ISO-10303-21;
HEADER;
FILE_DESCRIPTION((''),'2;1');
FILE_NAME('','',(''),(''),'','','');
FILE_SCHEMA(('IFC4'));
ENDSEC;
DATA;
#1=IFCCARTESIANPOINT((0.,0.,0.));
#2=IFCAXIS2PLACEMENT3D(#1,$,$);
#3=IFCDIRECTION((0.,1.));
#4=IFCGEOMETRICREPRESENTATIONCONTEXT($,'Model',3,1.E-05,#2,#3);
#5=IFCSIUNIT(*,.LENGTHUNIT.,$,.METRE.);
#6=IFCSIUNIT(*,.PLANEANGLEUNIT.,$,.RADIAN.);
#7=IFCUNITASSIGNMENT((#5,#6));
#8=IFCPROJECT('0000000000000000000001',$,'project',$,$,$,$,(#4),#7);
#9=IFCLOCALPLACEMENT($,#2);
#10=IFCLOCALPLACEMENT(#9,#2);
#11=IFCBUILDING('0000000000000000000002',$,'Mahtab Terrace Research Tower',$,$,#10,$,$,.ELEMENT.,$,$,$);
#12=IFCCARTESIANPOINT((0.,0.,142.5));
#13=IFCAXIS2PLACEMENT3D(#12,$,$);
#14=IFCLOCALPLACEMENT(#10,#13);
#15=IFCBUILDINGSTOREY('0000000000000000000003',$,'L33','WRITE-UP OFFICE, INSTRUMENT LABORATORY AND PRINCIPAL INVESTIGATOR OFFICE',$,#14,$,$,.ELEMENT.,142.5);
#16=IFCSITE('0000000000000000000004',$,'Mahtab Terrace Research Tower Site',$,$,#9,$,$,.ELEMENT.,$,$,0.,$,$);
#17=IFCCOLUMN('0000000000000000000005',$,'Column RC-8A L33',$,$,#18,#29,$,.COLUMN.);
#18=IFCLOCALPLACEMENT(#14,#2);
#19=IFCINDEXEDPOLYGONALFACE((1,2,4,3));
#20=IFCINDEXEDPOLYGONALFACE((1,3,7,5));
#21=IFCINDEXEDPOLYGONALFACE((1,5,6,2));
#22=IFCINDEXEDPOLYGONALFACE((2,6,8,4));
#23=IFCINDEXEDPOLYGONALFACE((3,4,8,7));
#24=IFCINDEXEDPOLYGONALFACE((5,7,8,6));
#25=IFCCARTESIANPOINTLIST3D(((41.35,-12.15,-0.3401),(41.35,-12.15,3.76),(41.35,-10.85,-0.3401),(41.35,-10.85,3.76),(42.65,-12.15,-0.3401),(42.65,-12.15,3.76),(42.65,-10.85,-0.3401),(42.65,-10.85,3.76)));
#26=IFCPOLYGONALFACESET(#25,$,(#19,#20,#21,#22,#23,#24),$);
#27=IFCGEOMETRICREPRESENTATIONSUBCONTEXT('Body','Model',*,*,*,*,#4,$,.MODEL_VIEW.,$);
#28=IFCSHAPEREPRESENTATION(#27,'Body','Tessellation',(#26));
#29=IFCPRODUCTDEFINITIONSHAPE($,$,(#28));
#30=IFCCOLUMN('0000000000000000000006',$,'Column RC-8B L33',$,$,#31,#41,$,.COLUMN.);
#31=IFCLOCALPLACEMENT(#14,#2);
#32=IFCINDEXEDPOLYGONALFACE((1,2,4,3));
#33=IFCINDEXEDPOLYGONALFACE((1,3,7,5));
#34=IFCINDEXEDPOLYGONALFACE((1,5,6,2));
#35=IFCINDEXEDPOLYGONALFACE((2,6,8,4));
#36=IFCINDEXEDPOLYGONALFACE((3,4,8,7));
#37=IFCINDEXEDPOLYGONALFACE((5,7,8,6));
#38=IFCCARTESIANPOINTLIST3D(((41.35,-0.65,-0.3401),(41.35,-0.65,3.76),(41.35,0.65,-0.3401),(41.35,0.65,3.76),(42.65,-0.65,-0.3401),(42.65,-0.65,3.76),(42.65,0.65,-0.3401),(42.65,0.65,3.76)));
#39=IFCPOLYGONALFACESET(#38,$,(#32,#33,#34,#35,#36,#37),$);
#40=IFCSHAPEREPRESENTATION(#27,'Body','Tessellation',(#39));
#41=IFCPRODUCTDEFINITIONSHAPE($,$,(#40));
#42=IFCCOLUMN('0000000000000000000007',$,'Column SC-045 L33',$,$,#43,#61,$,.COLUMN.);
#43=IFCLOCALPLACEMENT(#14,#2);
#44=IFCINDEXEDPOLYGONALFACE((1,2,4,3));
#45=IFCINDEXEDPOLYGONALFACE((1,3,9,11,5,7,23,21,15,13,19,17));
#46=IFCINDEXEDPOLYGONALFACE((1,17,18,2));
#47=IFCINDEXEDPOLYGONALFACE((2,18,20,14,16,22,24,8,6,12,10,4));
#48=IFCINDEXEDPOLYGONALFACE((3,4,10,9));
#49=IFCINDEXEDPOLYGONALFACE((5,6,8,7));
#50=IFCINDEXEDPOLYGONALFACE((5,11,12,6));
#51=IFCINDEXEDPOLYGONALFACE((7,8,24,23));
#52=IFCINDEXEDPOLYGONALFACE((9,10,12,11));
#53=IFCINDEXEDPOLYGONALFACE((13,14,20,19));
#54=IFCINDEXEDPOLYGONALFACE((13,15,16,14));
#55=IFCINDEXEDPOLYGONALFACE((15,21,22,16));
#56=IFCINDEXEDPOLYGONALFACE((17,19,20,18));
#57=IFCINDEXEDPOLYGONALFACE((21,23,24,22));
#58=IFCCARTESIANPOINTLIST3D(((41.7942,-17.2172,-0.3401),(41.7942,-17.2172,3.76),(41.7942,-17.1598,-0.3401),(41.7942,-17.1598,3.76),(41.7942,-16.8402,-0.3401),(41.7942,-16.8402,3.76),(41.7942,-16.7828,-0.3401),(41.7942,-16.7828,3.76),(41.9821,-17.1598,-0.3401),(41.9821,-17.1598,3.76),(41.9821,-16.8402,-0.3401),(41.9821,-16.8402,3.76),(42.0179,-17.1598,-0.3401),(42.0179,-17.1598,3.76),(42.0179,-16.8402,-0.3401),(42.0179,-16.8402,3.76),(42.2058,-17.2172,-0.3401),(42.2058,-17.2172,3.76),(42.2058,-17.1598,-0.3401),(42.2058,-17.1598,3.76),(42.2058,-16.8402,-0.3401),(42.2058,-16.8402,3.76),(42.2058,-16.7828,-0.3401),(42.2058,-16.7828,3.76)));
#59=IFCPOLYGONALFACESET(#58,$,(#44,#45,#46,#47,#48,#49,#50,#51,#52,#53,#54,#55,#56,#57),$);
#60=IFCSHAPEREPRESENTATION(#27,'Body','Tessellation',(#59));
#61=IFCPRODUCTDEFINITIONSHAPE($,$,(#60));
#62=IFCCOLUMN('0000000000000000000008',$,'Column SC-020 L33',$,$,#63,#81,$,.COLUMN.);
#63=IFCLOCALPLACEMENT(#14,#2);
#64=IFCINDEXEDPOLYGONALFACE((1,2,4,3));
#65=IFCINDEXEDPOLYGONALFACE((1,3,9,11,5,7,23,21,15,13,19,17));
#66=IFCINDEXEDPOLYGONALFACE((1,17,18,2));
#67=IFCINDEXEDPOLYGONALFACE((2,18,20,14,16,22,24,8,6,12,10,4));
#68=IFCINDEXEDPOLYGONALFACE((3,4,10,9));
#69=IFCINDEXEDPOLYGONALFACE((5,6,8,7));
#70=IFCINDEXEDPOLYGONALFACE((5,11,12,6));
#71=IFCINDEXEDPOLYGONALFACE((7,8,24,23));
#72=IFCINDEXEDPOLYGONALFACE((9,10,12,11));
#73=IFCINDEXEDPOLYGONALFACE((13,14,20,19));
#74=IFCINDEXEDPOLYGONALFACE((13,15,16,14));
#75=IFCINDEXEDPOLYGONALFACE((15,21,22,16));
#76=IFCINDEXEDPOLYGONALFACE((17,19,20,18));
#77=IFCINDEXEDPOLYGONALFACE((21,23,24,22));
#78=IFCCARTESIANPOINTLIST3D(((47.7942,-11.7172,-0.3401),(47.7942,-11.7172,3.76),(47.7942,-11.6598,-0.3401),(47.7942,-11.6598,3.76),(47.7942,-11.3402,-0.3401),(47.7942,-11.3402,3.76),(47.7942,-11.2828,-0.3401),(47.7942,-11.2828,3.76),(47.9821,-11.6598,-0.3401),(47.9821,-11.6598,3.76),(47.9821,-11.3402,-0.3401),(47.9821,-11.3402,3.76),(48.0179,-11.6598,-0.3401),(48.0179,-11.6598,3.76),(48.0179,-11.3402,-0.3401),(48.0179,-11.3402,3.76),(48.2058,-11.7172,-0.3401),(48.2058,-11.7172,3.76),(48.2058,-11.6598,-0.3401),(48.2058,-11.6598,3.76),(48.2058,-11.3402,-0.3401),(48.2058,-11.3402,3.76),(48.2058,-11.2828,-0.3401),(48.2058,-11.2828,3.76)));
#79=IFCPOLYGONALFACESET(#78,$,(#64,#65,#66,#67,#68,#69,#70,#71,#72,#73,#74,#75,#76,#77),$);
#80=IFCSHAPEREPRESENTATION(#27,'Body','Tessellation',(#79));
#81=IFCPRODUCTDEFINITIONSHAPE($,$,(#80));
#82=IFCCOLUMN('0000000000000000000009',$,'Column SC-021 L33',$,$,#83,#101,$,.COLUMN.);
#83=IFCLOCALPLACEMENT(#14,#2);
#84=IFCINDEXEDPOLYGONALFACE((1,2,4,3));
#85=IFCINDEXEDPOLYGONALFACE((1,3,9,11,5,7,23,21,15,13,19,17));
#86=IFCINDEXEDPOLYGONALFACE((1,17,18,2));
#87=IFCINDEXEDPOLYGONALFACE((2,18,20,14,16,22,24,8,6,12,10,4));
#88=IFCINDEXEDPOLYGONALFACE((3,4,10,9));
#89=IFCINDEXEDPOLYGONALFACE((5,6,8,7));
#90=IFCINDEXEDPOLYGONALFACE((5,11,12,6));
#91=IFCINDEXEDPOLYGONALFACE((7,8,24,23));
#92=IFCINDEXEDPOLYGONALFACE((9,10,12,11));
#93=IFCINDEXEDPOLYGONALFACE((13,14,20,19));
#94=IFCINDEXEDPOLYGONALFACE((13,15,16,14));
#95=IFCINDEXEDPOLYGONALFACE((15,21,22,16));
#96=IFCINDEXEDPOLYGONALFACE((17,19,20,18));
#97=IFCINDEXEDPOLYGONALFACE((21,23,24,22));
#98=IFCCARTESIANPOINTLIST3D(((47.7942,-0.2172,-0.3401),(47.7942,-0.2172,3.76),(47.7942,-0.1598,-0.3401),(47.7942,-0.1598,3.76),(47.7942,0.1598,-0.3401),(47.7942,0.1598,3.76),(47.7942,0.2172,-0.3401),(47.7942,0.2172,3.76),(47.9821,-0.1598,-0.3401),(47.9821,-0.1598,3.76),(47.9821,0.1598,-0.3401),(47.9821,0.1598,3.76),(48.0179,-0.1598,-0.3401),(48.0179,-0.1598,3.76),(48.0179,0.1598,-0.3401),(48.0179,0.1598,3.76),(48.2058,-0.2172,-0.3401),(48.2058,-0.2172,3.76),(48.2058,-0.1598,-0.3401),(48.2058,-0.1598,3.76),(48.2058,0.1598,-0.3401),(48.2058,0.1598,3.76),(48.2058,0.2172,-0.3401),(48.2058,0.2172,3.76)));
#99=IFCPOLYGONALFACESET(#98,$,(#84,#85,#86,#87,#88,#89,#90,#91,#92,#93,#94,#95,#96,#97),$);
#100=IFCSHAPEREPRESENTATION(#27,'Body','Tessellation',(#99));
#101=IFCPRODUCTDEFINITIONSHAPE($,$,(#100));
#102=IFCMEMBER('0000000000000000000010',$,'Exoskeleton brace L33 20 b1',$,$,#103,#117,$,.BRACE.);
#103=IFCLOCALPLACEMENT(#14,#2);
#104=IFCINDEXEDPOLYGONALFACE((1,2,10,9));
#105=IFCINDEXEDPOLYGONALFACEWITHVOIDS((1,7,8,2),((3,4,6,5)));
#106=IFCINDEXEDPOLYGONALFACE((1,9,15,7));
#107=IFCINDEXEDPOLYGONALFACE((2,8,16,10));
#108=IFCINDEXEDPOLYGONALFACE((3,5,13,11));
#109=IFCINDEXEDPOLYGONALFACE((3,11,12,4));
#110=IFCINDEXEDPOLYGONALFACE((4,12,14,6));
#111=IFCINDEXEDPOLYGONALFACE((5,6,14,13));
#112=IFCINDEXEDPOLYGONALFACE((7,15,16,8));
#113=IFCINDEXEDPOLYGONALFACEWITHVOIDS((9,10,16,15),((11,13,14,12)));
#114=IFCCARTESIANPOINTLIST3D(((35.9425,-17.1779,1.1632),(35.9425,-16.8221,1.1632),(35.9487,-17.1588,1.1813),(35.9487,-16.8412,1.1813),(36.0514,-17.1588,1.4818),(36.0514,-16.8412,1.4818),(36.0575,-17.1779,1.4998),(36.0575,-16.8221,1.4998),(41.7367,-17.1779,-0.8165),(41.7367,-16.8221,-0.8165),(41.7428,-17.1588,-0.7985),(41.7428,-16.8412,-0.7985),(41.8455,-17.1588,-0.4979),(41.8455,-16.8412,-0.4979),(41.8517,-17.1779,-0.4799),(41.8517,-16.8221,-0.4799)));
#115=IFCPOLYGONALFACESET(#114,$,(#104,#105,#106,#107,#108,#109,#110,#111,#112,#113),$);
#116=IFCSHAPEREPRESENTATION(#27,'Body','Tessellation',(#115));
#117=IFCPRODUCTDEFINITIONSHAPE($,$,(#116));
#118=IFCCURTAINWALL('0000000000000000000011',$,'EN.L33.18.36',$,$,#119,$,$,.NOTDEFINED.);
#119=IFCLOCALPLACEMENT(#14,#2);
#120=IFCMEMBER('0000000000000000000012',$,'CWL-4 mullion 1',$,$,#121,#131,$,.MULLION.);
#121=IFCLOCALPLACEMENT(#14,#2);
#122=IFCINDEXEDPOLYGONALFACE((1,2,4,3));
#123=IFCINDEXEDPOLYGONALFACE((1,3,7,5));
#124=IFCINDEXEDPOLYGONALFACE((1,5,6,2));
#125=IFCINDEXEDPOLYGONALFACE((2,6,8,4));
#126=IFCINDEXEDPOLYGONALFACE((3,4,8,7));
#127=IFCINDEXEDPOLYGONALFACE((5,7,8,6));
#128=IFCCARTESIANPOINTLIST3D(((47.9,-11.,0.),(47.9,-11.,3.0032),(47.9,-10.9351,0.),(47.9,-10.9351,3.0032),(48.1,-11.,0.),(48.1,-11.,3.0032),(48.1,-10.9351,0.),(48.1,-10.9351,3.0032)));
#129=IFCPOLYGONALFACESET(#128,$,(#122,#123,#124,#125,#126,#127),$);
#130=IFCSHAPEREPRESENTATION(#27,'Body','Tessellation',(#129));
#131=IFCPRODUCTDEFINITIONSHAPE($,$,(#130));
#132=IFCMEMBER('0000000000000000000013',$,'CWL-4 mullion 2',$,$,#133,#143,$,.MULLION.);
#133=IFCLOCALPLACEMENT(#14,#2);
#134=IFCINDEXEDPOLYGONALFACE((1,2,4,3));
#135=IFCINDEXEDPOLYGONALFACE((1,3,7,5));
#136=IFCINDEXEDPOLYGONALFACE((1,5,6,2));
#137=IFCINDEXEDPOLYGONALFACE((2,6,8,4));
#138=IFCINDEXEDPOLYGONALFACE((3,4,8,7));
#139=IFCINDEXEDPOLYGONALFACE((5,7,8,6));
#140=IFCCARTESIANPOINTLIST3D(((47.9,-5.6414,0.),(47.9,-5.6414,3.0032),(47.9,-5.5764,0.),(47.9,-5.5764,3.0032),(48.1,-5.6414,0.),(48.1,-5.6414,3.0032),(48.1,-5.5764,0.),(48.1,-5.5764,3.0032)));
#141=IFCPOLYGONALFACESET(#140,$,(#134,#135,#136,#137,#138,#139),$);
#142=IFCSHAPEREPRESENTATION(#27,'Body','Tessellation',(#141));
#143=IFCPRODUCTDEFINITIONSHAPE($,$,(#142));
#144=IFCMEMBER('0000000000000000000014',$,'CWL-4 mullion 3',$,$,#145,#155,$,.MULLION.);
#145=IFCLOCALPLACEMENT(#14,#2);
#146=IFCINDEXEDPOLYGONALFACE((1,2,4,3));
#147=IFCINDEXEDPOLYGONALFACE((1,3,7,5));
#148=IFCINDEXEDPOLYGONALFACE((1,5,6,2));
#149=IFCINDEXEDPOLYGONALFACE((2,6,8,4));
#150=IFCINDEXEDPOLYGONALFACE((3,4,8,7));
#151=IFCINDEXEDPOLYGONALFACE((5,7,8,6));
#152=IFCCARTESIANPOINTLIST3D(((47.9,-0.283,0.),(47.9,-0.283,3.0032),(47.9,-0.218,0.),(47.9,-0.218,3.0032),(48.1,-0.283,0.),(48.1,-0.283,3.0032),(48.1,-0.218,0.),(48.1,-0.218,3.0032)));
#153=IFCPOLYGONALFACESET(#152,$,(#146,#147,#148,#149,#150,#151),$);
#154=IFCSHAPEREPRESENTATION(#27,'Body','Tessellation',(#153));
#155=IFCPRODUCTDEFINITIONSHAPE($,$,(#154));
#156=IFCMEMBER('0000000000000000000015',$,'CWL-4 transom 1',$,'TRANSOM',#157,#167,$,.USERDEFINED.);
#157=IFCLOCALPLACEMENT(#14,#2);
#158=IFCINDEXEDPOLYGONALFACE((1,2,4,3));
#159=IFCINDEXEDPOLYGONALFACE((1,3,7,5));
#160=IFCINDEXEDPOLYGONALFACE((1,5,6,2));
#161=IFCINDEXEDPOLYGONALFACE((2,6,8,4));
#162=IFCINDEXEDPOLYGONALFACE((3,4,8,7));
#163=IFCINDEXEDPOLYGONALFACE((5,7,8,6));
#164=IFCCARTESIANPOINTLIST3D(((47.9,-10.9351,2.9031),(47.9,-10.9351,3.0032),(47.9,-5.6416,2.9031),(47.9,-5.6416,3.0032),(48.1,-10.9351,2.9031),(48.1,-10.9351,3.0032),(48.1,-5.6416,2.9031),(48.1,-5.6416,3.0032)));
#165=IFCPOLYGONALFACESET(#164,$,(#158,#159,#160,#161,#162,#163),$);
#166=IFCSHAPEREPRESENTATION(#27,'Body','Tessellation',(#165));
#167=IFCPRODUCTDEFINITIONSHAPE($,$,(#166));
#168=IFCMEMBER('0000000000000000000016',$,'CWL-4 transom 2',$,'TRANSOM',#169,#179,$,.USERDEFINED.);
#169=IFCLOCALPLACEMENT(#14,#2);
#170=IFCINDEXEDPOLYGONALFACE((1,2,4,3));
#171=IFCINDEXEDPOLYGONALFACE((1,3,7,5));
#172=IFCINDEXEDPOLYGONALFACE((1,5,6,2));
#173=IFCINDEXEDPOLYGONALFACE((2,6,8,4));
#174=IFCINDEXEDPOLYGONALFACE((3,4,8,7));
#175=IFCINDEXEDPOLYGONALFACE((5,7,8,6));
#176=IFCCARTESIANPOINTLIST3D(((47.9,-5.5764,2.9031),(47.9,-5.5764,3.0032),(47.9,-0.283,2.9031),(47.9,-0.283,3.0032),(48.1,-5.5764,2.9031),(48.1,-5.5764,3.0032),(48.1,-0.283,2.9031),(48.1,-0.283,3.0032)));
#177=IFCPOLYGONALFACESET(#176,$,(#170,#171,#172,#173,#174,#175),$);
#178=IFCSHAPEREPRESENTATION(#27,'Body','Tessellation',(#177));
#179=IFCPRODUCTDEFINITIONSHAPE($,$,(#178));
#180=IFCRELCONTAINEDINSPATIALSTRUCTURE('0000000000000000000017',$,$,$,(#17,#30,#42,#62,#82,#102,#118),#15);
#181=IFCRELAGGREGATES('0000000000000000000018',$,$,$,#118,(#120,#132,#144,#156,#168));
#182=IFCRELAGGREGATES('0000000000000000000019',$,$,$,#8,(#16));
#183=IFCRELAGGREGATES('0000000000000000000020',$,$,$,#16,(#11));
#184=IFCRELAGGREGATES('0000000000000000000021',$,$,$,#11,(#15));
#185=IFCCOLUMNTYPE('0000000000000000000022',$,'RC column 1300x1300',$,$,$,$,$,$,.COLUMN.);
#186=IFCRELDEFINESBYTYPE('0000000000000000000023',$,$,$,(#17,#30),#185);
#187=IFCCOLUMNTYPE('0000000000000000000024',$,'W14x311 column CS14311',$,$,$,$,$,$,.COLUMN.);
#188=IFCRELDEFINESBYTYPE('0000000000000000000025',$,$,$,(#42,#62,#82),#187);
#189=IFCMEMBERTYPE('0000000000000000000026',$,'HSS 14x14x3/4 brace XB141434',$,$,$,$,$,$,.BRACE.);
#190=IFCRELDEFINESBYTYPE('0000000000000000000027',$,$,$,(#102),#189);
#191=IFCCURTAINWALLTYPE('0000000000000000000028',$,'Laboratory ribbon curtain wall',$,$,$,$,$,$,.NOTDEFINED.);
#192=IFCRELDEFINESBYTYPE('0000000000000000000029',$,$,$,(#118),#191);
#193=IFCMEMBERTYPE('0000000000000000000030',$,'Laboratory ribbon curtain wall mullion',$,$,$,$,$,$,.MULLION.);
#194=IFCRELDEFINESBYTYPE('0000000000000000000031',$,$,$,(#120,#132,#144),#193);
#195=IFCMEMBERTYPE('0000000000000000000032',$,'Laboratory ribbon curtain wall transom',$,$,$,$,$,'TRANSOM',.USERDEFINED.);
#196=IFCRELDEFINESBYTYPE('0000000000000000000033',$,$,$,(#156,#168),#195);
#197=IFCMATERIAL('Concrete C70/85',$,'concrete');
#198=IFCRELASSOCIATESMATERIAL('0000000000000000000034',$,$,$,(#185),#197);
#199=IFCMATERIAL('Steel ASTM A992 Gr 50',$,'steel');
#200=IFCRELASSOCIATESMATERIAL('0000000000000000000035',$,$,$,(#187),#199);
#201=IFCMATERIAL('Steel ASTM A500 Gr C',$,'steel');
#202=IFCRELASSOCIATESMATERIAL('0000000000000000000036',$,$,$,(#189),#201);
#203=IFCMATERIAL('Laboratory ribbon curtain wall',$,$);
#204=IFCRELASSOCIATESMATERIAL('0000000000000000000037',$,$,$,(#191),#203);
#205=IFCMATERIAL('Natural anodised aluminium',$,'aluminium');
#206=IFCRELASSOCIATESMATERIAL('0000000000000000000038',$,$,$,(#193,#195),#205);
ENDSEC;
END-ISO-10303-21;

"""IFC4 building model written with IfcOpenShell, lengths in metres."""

from ifc_helpers import new_model, si_unit, direction, frame, origin, origin_2d, place, context, subcontext, project, spatial, rectangle, hollow_rectangle, i_section, extrude, material, material_profile, profile_set, type_object, element, aggregate, save


model = new_model("IFC4")

# Units and contexts
model_context = context("Model", 3, precision=1e-05, world=origin(), true_north=direction((0.0, 1.0)))
body_context = subcontext(model_context, "Body", "Model", "MODEL_VIEW")
ifc_project = project(units=[si_unit("LENGTHUNIT", "METRE"), si_unit("PLANEANGLEUNIT", "RADIAN")], contexts=[model_context])

# Site, building, storey
site_placement = place(None, origin())
site = spatial("IfcSite", under=ifc_project, at=site_placement, Name="Mahtab Terrace Research Tower Site", CompositionType="ELEMENT", RefElevation=0.0)
building_placement = place(site_placement, origin())
building = spatial("IfcBuilding", under=site, at=building_placement, Name="Mahtab Terrace Research Tower", CompositionType="ELEMENT")
storey_placement = place(building_placement, frame((0.0, 0.0, 142.5)))
storey = spatial("IfcBuildingStorey", under=building, at=storey_placement, Name="L33", Description="WRITE-UP OFFICE, INSTRUMENT LABORATORY AND PRINCIPAL INVESTIGATOR OFFICE", CompositionType="ELEMENT", Elevation=142.5)

# Columns
ifc_material_1 = material(Name="Concrete C70/85", Category="concrete")
ifc_material_profile_1 = material_profile(ifc_material_1, rectangle(XDim=1.3, YDim=1.3, at=origin_2d()), Name="RC column 1300x1300")
ifc_profile_set_1 = profile_set([ifc_material_profile_1], Name="Concrete C70/85")
column_type_1 = type_object("IfcColumnType", Name="RC column 1300x1300", PredefinedType="COLUMN", material=ifc_profile_set_1)
for number, where, z_axis, x_axis, name in (
    (1, (42.0, -11.5, -0.3401), (0.0, 0.0, 1.0), (1.0, 0.0, 0.0), "Column RC-8A L33"),
    (2, (42.0, 0.0, -0.3401), (0.0, 0.0, 1.0), (1.0, 0.0, 0.0), "Column RC-8B L33"),
):
    element("IfcColumn", number, at=place(storey_placement, frame(where, z_axis=z_axis, x_axis=x_axis)), inside=storey, type_object=column_type_1, Name=name, PredefinedType="COLUMN", context=body_context, shape_type="SweptSolid", body=[
        extrude(rectangle(XDim=1.3, YDim=1.3, at=origin_2d()), origin(), (0.0, 0.0, 1.0), 4.1001),
    ])
ifc_material_2 = material(Name="Steel ASTM A992 Gr 50", Category="steel")
ifc_material_profile_2 = material_profile(ifc_material_2, i_section(OverallWidth=0.4116, OverallDepth=0.4343, WebThickness=0.0359, FlangeThickness=0.0574, at=origin_2d()), Name="W14X311")
ifc_profile_set_2 = profile_set([ifc_material_profile_2], Name="Steel ASTM A992 Gr 50")
column_type_2 = type_object("IfcColumnType", Name="W14x311 column CS14311", PredefinedType="COLUMN", material=ifc_profile_set_2)
for number, where, z_axis, x_axis, name in (
    (3, (42.0, -17.0, -0.3401), (0.0, 0.0, 1.0), (1.0, 0.0, 0.0), "Column SC-045 L33"),
    (4, (48.0, -11.5, -0.3401), (0.0, 0.0, 1.0), (1.0, 0.0, 0.0), "Column SC-020 L33"),
    (5, (48.0, 0.0, -0.3401), (0.0, 0.0, 1.0), (1.0, 0.0, 0.0), "Column SC-021 L33"),
):
    element("IfcColumn", number, at=place(storey_placement, frame(where, z_axis=z_axis, x_axis=x_axis)), inside=storey, type_object=column_type_2, Name=name, PredefinedType="COLUMN", context=body_context, shape_type="SweptSolid", body=[
        extrude(i_section(OverallWidth=0.4116, OverallDepth=0.4343, WebThickness=0.0359, FlangeThickness=0.0574, at=origin_2d()), origin(), (0.0, 0.0, 1.0), 4.1001),
    ])

# Member
ifc_material_3 = material(Name="Steel ASTM A500 Gr C", Category="steel")
ifc_material_profile_3 = material_profile(ifc_material_3, hollow_rectangle(XDim=0.3557, YDim=0.3557, WallThickness=0.019, at=origin_2d()), Name="HSS14X14X3/4")
ifc_profile_set_3 = profile_set([ifc_material_profile_3], Name="Steel ASTM A500 Gr C")
member_type_1 = type_object("IfcMemberType", Name="HSS 14x14x3/4 brace XB141434", PredefinedType="BRACE", material=ifc_profile_set_3)
member_1_placement = place(storey_placement, frame((41.7942, -17.0, -0.6482), z_axis=(-0.946288, 0.0, 0.323324), x_axis=(0.0, -1.0, 0.0)))
element("IfcMember", 6, at=member_1_placement, inside=storey, type_object=member_type_1, Name="Exoskeleton brace L33 20 b1", PredefinedType="BRACE", context=body_context, shape_type="SweptSolid", body=[
    extrude(hollow_rectangle(XDim=0.3557, YDim=0.3557, WallThickness=0.019, at=origin_2d()), origin(), (0.0, 0.0, 1.0), 6.123),
])

# Curtain wall, members
ifc_material_4 = material(Name="Laboratory ribbon curtain wall")
curtain_wall_type = type_object("IfcCurtainWallType", Name="Laboratory ribbon curtain wall", PredefinedType="NOTDEFINED", material=ifc_material_4)
curtain_wall_placement = place(storey_placement, origin())
curtain_wall = element("IfcCurtainWall", 7, at=curtain_wall_placement, inside=storey, type_object=curtain_wall_type, Name="EN.L33.18.36", PredefinedType="NOTDEFINED")
ifc_material_5 = material(Name="Natural anodised aluminium", Category="aluminium")
ifc_material_profile_4 = material_profile(ifc_material_5, rectangle(XDim=0.2, YDim=0.0649, at=origin_2d()), Name="MULLION 65x200")
ifc_profile_set_4 = profile_set([ifc_material_profile_4], Name="Natural anodised aluminium")
member_type_2 = type_object("IfcMemberType", Name="Laboratory ribbon curtain wall mullion", PredefinedType="MULLION", material=ifc_profile_set_4)
member_2_placement = place(storey_placement, frame((48.0, -10.9675, 0.0), z_axis=(0.0, 0.0, 1.0), x_axis=(-1.0, 0.0, 0.0)))
member_2 = element("IfcMember", 8, at=member_2_placement, type_object=member_type_2, Name="CWL-4 mullion 1", PredefinedType="MULLION", context=body_context, shape_type="SweptSolid", body=[
    extrude(rectangle(XDim=0.2, YDim=0.0649, at=origin_2d()), origin(), (0.0, 0.0, 1.0), 3.0032),
])
member_3_placement = place(storey_placement, frame((48.0, -5.6089, 0.0), z_axis=(0.0, 0.0, 1.0), x_axis=(-1.0, 0.0, 0.0)))
member_3 = element("IfcMember", 9, at=member_3_placement, type_object=member_type_2, Name="CWL-4 mullion 2", PredefinedType="MULLION", context=body_context, shape_type="SweptSolid", body=[
    extrude(rectangle(XDim=0.2, YDim=0.0649, at=origin_2d()), origin(), (0.0, 0.0, 1.0), 3.0032),
])
member_4_placement = place(storey_placement, frame((48.0, -0.2505, 0.0), z_axis=(0.0, 0.0, 1.0), x_axis=(-1.0, 0.0, 0.0)))
member_4 = element("IfcMember", 10, at=member_4_placement, type_object=member_type_2, Name="CWL-4 mullion 3", PredefinedType="MULLION", context=body_context, shape_type="SweptSolid", body=[
    extrude(rectangle(XDim=0.2, YDim=0.0649, at=origin_2d()), origin(), (0.0, 0.0, 1.0), 3.0032),
])
ifc_material_profile_5 = material_profile(ifc_material_5, rectangle(XDim=0.2, YDim=0.1001, at=origin_2d()), Name="TRANSOM 100x200")
ifc_profile_set_5 = profile_set([ifc_material_profile_5], Name="Natural anodised aluminium")
member_type_3 = type_object("IfcMemberType", Name="Laboratory ribbon curtain wall transom", ElementType="TRANSOM", PredefinedType="USERDEFINED", material=ifc_profile_set_5)
member_5_placement = place(storey_placement, frame((48.0, -10.9351, 2.9531), z_axis=(0.0, 1.0, 0.0), x_axis=(-1.0, 0.0, 0.0)))
member_5 = element("IfcMember", 11, at=member_5_placement, type_object=member_type_3, Name="CWL-4 transom 1", ObjectType="TRANSOM", PredefinedType="USERDEFINED", context=body_context, shape_type="SweptSolid", body=[
    extrude(rectangle(XDim=0.2, YDim=0.1001, at=origin_2d()), origin(), (0.0, 0.0, 1.0), 5.2935),
])
member_6_placement = place(storey_placement, frame((48.0, -5.5764, 2.9531), z_axis=(0.0, 1.0, 0.0), x_axis=(-1.0, 0.0, 0.0)))
member_6 = element("IfcMember", 12, at=member_6_placement, type_object=member_type_3, Name="CWL-4 transom 2", ObjectType="TRANSOM", PredefinedType="USERDEFINED", context=body_context, shape_type="SweptSolid", body=[
    extrude(rectangle(XDim=0.2, YDim=0.1001, at=origin_2d()), origin(), (0.0, 0.0, 1.0), 5.2935),
])

aggregate(curtain_wall, [member_2, member_3, member_4, member_5, member_6])

save(model, "model.ifc")
